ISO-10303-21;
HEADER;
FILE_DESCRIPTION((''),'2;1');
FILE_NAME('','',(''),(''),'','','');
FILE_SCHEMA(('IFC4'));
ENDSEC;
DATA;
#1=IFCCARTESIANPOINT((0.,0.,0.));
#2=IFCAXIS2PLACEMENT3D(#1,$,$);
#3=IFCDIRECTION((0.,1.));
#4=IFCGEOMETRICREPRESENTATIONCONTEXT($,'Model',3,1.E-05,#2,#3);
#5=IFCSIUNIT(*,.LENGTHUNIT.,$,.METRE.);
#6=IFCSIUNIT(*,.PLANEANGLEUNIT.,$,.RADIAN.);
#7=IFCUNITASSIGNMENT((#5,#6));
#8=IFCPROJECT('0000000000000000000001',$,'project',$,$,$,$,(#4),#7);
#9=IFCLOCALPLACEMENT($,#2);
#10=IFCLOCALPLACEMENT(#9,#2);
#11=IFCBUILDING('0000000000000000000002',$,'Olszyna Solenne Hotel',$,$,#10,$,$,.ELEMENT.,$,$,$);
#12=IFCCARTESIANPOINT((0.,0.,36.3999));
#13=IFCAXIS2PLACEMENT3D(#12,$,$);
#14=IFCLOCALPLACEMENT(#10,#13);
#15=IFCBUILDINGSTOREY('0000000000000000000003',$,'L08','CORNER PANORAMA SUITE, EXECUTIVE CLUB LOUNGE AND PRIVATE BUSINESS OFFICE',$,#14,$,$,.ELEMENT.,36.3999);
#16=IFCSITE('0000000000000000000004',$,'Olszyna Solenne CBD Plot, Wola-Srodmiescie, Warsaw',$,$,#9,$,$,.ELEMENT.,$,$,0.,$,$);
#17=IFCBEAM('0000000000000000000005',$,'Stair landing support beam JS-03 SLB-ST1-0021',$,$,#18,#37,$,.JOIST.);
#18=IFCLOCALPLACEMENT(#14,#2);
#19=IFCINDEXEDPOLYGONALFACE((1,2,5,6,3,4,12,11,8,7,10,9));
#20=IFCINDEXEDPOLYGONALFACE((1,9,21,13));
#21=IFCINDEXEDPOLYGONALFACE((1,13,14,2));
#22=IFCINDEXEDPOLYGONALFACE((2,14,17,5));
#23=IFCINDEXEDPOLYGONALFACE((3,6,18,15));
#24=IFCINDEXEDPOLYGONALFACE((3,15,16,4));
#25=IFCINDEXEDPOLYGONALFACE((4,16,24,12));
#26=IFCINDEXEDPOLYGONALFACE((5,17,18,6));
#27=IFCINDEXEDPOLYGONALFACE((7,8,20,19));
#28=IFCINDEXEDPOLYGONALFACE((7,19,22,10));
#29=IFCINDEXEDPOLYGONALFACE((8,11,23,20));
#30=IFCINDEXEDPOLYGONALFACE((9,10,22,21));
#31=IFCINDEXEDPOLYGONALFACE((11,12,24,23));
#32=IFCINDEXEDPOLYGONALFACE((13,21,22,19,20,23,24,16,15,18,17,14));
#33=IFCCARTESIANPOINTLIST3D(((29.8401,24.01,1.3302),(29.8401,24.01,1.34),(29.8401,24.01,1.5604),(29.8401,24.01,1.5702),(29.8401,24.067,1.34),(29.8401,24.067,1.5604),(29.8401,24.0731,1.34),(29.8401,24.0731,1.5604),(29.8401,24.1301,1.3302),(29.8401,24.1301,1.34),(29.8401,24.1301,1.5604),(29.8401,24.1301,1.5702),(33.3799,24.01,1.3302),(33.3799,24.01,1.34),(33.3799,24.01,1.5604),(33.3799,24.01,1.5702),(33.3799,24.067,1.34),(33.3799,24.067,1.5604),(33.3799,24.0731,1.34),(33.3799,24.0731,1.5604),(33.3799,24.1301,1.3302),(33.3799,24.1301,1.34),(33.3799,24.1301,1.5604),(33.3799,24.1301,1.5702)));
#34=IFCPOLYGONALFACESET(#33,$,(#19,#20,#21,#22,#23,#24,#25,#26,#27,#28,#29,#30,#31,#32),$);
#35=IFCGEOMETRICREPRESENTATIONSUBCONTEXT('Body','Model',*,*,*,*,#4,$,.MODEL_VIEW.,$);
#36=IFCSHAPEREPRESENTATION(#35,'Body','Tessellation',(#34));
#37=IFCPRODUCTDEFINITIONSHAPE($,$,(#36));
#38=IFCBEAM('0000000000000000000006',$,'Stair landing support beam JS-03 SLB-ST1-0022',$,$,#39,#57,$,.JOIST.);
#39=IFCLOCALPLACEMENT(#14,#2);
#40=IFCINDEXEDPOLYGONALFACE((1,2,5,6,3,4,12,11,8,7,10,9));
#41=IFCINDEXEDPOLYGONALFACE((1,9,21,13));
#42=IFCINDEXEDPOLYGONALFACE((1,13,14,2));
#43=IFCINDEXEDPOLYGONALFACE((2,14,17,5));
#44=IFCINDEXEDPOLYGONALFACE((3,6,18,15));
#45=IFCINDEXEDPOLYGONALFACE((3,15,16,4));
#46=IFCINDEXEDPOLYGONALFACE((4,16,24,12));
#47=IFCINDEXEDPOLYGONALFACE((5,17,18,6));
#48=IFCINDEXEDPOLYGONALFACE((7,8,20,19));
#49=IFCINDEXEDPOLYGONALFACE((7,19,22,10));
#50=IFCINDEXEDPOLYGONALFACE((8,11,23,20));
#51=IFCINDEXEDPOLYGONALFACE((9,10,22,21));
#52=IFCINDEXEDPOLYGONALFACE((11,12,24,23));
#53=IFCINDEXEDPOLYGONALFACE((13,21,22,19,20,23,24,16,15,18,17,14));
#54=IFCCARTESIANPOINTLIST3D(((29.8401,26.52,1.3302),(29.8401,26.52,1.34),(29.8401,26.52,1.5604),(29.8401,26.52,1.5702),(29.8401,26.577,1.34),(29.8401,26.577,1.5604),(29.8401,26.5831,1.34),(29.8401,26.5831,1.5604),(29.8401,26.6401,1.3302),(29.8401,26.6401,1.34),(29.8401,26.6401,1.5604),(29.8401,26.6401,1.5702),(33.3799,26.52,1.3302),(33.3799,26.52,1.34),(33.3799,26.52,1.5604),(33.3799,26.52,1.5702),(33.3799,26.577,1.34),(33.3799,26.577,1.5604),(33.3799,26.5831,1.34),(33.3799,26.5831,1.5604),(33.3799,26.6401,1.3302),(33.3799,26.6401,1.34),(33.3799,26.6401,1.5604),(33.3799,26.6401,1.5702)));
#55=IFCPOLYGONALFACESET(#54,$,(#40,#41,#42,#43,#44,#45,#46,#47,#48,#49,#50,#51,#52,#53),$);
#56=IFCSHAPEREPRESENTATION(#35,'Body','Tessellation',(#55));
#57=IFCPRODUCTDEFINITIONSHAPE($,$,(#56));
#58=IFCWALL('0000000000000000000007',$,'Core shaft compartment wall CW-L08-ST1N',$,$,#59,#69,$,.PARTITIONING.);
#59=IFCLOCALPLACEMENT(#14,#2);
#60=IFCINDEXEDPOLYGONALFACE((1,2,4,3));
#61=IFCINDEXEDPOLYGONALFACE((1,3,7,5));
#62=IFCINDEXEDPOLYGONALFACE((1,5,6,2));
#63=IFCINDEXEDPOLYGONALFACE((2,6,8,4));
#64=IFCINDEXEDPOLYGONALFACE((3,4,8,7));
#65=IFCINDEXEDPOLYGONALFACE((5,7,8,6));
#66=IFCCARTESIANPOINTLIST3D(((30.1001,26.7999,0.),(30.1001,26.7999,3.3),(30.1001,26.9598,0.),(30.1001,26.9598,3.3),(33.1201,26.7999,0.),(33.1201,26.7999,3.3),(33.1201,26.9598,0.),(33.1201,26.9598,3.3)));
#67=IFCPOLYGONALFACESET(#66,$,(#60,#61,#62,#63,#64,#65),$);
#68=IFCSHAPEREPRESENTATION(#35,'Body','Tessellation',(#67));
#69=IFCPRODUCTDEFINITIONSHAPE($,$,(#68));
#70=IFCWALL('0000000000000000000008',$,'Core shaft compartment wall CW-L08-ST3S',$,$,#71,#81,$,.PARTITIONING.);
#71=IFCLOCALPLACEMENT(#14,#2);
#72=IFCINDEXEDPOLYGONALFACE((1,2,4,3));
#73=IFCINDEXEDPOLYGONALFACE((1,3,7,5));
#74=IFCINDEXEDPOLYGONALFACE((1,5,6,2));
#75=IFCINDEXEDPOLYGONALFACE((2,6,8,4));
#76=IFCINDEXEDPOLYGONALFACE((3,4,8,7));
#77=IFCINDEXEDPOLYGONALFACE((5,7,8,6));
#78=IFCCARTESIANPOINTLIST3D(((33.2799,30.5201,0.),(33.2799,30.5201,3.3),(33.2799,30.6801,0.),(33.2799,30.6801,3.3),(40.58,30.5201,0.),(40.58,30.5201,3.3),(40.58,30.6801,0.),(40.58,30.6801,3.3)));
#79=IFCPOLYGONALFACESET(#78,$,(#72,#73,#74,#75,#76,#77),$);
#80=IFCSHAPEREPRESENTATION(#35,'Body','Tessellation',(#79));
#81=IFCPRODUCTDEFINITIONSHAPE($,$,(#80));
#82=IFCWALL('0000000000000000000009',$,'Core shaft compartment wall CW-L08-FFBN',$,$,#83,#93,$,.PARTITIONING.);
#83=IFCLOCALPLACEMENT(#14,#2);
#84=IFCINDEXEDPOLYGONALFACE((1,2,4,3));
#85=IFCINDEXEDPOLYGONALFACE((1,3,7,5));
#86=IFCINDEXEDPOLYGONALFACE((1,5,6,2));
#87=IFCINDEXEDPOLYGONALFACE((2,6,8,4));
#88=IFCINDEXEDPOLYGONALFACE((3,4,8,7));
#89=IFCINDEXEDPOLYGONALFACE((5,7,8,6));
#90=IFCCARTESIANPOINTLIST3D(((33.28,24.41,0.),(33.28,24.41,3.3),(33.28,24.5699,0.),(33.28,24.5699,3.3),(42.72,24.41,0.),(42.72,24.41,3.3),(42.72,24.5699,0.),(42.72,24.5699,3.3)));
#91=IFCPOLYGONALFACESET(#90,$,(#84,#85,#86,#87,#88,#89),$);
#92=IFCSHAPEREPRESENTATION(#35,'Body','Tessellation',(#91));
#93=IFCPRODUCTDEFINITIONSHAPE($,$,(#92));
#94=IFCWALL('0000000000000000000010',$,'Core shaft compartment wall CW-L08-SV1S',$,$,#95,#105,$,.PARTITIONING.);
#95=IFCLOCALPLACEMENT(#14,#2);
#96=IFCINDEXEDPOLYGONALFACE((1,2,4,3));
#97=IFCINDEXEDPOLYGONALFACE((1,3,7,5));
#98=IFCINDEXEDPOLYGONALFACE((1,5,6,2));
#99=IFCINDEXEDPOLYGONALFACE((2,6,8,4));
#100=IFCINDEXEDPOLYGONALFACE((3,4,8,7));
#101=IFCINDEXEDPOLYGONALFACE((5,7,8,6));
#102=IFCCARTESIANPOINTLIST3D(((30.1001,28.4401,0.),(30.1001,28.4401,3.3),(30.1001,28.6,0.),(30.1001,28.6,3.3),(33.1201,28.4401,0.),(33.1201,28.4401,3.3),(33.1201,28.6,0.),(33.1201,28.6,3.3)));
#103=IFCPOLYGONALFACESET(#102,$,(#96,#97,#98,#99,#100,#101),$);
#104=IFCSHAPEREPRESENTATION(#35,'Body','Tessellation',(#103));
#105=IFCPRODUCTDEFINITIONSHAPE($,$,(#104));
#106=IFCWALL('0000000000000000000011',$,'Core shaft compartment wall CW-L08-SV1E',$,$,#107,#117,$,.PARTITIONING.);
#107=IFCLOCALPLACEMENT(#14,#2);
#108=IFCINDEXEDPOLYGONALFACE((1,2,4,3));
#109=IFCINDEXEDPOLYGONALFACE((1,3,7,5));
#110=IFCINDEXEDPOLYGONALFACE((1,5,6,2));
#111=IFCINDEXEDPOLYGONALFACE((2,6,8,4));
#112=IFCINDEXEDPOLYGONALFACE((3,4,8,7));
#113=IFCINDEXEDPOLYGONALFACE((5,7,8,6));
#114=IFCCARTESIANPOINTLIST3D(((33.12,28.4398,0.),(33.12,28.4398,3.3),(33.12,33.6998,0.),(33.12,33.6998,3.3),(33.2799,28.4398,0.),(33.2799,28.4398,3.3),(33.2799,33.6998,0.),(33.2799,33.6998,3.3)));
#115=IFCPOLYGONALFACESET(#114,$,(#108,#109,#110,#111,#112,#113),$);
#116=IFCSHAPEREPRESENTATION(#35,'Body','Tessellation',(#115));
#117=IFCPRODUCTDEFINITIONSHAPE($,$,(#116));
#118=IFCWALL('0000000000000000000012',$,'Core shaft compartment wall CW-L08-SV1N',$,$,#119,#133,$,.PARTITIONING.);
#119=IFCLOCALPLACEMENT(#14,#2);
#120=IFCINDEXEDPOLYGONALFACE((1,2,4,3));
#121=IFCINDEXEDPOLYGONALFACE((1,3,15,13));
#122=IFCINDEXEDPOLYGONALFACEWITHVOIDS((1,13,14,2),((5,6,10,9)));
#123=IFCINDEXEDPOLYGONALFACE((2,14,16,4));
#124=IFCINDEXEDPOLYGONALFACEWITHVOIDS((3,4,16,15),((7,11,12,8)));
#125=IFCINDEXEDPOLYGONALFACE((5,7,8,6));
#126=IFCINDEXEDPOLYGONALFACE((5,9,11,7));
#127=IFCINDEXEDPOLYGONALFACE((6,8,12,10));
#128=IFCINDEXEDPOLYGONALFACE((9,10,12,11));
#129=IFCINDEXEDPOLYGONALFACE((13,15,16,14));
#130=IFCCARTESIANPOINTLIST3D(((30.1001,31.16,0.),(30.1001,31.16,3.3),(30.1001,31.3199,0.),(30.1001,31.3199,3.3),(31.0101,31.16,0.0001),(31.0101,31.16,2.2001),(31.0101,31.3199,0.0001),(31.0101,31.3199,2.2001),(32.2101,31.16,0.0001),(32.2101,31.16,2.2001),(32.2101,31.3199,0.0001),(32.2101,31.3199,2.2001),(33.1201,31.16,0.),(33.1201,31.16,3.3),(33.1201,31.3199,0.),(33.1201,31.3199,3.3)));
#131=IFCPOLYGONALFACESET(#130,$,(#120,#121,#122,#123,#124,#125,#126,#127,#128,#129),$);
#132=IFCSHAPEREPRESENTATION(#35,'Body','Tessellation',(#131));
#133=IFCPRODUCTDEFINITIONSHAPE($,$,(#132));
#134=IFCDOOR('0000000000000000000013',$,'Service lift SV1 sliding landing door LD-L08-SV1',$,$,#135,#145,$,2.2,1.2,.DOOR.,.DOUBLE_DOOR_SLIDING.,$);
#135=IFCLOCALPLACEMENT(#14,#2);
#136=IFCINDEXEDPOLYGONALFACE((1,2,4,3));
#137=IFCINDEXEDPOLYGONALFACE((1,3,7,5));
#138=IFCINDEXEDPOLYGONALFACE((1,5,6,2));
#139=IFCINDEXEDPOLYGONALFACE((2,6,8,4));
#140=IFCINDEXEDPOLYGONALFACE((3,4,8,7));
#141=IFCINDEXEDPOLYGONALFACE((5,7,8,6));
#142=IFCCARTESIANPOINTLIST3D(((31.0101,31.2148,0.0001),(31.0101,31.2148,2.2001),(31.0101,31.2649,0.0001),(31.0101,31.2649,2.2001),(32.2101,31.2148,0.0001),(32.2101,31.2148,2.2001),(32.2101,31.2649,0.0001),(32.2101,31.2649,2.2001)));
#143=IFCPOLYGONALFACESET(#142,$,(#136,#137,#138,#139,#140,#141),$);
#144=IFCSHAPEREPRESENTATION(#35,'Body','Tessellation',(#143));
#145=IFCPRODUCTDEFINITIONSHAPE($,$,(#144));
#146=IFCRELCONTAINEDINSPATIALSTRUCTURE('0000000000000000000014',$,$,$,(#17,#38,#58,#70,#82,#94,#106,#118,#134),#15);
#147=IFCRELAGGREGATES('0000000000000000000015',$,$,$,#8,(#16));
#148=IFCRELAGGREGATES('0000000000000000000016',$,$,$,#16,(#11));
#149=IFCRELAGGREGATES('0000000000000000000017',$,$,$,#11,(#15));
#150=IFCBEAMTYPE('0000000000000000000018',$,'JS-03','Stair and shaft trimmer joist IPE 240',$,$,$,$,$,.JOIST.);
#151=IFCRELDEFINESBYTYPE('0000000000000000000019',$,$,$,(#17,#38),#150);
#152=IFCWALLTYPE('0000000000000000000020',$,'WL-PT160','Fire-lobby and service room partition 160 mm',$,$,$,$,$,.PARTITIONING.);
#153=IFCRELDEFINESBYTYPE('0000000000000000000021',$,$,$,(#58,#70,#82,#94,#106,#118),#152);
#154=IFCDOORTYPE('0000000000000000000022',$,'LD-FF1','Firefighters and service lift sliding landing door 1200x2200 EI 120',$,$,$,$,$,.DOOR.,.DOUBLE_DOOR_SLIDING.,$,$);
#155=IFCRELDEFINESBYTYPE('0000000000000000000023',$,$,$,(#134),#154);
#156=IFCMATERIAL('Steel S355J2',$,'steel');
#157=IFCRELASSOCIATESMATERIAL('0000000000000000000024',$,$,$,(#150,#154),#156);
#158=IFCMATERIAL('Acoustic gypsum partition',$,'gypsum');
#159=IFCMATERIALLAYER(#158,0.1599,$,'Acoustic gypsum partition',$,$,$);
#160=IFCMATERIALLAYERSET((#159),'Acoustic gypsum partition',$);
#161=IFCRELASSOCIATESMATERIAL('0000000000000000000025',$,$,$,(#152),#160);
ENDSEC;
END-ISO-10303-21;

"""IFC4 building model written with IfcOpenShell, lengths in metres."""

from ifc_helpers import new_model, si_unit, direction, frame, frame_2d, origin, origin_2d, place, context, subcontext, project, spatial, rectangle, i_section, extrude, source, transform, mapped, material, layer, layer_set, material_profile, profile_set, type_object, type_shapes, element, fill, save


model = new_model("IFC4")

# Units and contexts
model_context = context("Model", 3, precision=1e-05, world=origin(), true_north=direction((0.0, 1.0)))
body_context = subcontext(model_context, "Body", "Model", "MODEL_VIEW")
ifc_project = project(units=[si_unit("LENGTHUNIT", "METRE"), si_unit("PLANEANGLEUNIT", "RADIAN")], contexts=[model_context])

# Site, building, storey
site_placement = place(None, origin())
site = spatial("IfcSite", under=ifc_project, at=site_placement, Name="Olszyna Solenne CBD Plot, Wola-Srodmiescie, Warsaw", CompositionType="ELEMENT", RefElevation=0.0)
building_placement = place(site_placement, origin())
building = spatial("IfcBuilding", under=site, at=building_placement, Name="Olszyna Solenne Hotel", CompositionType="ELEMENT")
storey_placement = place(building_placement, frame((0.0, 0.0, 36.3999)))
storey = spatial("IfcBuildingStorey", under=building, at=storey_placement, Name="L08", Description="CORNER PANORAMA SUITE, EXECUTIVE CLUB LOUNGE AND PRIVATE BUSINESS OFFICE", CompositionType="ELEMENT", Elevation=36.3999)

# Beams
ifc_material_1 = material(Name="Steel S355J2", Category="steel")
ifc_material_profile = material_profile(ifc_material_1, i_section(OverallWidth=0.1201, OverallDepth=0.24, WebThickness=0.0061, FlangeThickness=0.0098, at=origin_2d()), Name="IPE 240", Category="load-bearing")
ifc_profile_set = profile_set([ifc_material_profile], Name="Steel S355J2")
beam_type = type_object("IfcBeamType", Name="JS-03", Description="Stair and shaft trimmer joist IPE 240", PredefinedType="JOIST", material=ifc_profile_set)
shared_shape_1 = source(origin(), body_context, "Body", "SweptSolid", [
    extrude(i_section(OverallWidth=0.1201, OverallDepth=0.24, WebThickness=0.0061, FlangeThickness=0.0098, at=origin_2d()), origin(), (0.0, 0.0, 1.0), 3.5398),
])
for number, where, z_axis, x_axis, name in (
    (1, (33.3799, 24.0701, 1.4502), (-1.0, 0.0, 0.0), (0.0, -1.0, 0.0), "Stair landing support beam JS-03 SLB-ST1-0021"),
    (2, (33.3799, 26.5801, 1.4502), (-1.0, 0.0, 0.0), (0.0, -1.0, 0.0), "Stair landing support beam JS-03 SLB-ST1-0022"),
):
    element("IfcBeam", number, at=place(storey_placement, frame(where, z_axis=z_axis, x_axis=x_axis)), inside=storey, type_object=beam_type, Name=name, PredefinedType="JOIST", context=body_context, shape_type="MappedRepresentation", body=[
        mapped(shared_shape_1, transform((0.0, 0.0, 0.0), x_axis=(1.0, 0.0, 0.0), y_axis=(0.0, 1.0, 0.0), z_axis=(0.0, 0.0, 1.0), scale=1.0)),
    ])

# Walls
ifc_material_2 = material(Name="Acoustic gypsum partition", Category="gypsum")
ifc_layer = layer(ifc_material_2, 0.1599, Name="Acoustic gypsum partition")
ifc_layer_set = layer_set([ifc_layer], Name="Acoustic gypsum partition")
wall_type = type_object("IfcWallType", Name="WL-PT160", Description="Fire-lobby and service room partition 160 mm", PredefinedType="PARTITIONING", material=ifc_layer_set)
wall_1_placement = place(storey_placement, frame((30.1001, 26.8799, 0.0), z_axis=(0.0, 0.0, 1.0), x_axis=(1.0, 0.0, 0.0)))
element("IfcWall", 3, at=wall_1_placement, inside=storey, type_object=wall_type, Name="Core shaft compartment wall CW-L08-ST1N", PredefinedType="PARTITIONING", context=body_context, shape_type="SweptSolid", body=[
    extrude(rectangle(XDim=3.02, YDim=0.1599, at=frame_2d((1.51, 0.0))), origin(), (0.0, 0.0, 1.0), 3.3),
])
wall_2_placement = place(storey_placement, frame((33.28, 30.6001, 0.0), z_axis=(0.0, 0.0, 1.0), x_axis=(1.0, 0.0, 0.0)))
element("IfcWall", 4, at=wall_2_placement, inside=storey, type_object=wall_type, Name="Core shaft compartment wall CW-L08-ST3S", PredefinedType="PARTITIONING", context=body_context, shape_type="SweptSolid", body=[
    extrude(rectangle(XDim=7.3, YDim=0.1599, at=frame_2d((3.6499, 0.0))), origin(), (0.0, 0.0, 1.0), 3.3),
])
wall_3_placement = place(storey_placement, frame((33.28, 24.49, 0.0), z_axis=(0.0, 0.0, 1.0), x_axis=(1.0, 0.0, 0.0)))
element("IfcWall", 5, at=wall_3_placement, inside=storey, type_object=wall_type, Name="Core shaft compartment wall CW-L08-FFBN", PredefinedType="PARTITIONING", context=body_context, shape_type="SweptSolid", body=[
    extrude(rectangle(XDim=9.4399, YDim=0.1599, at=frame_2d((4.72, 0.0))), origin(), (0.0, 0.0, 1.0), 3.3),
])
wall_4_placement = place(storey_placement, frame((30.1001, 28.52, 0.0), z_axis=(0.0, 0.0, 1.0), x_axis=(1.0, 0.0, 0.0)))
element("IfcWall", 6, at=wall_4_placement, inside=storey, type_object=wall_type, Name="Core shaft compartment wall CW-L08-SV1S", PredefinedType="PARTITIONING", context=body_context, shape_type="SweptSolid", body=[
    extrude(rectangle(XDim=3.02, YDim=0.1599, at=frame_2d((1.51, 0.0))), origin(), (0.0, 0.0, 1.0), 3.3),
])
wall_5_placement = place(storey_placement, frame((33.2, 28.4399, 0.0), z_axis=(0.0, 0.0, 1.0), x_axis=(0.0, 1.0, 0.0)))
element("IfcWall", 7, at=wall_5_placement, inside=storey, type_object=wall_type, Name="Core shaft compartment wall CW-L08-SV1E", PredefinedType="PARTITIONING", context=body_context, shape_type="SweptSolid", body=[
    extrude(rectangle(XDim=5.26, YDim=0.1599, at=frame_2d((2.6299, 0.0))), origin(), (0.0, 0.0, 1.0), 3.3),
])

# Wall, opening, door
wall_6_placement = place(storey_placement, frame((30.1001, 31.24, 0.0), z_axis=(0.0, 0.0, 1.0), x_axis=(1.0, 0.0, 0.0)))
wall_6 = element("IfcWall", 8, at=wall_6_placement, inside=storey, type_object=wall_type, Name="Core shaft compartment wall CW-L08-SV1N", PredefinedType="PARTITIONING", context=body_context, shape_type="SweptSolid", body=[
    extrude(rectangle(XDim=3.02, YDim=0.1599, at=frame_2d((1.51, 0.0))), origin(), (0.0, 0.0, 1.0), 3.3),
])
opening_1_placement = place(wall_6_placement, frame((0.9099, 0.0, 0.0)))
opening_1 = element("IfcOpeningElement", 9, at=opening_1_placement, cuts=wall_6, PredefinedType="OPENING", context=body_context, shape_type="SweptSolid", body=[
    extrude(rectangle(XDim=1.2, YDim=2.2, at=frame_2d((0.6001, 1.1001))), frame((0.0, 0.0898, 0.0), z_axis=(0.0, -1.0, 0.0), x_axis=(1.0, 0.0, 0.0)), (0.0, 0.0, 1.0), 0.1799),
])
door_type_1 = type_object("IfcDoorType", Name="LD-FF1", Description="Firefighters and service lift sliding landing door 1200x2200 EI 120", OperationType="DOUBLE_DOOR_SLIDING", PredefinedType="DOOR", material=ifc_material_1)
shared_shape_2 = source(origin(), body_context, "Body", "SweptSolid", [
    extrude(rectangle(XDim=1.2, YDim=2.2, at=frame_2d((0.6001, 1.1001))), frame((0.0, 0.0249, 0.0), z_axis=(0.0, -1.0, 0.0), x_axis=(1.0, 0.0, 0.0)), (0.0, 0.0, 1.0), 0.05),
])
type_shapes(door_type_1, [shared_shape_2])
door_1_placement = place(opening_1_placement, origin())
door_1 = element("IfcDoor", 10, at=door_1_placement, inside=storey, type_object=door_type_1, Name="Service lift SV1 sliding landing door LD-L08-SV1", OperationType="DOUBLE_DOOR_SLIDING", OverallHeight=2.2, OverallWidth=1.2, PredefinedType="DOOR", context=body_context, shape_type="MappedRepresentation", body=[
    mapped(shared_shape_2, transform((0.0, 0.0, 0.0), x_axis=(1.0, 0.0, 0.0), y_axis=(0.0, 1.0, 0.0), z_axis=(0.0, 0.0, 1.0), scale=1.0)),
])
fill(opening_1, door_1)

save(model, "model.ifc")
